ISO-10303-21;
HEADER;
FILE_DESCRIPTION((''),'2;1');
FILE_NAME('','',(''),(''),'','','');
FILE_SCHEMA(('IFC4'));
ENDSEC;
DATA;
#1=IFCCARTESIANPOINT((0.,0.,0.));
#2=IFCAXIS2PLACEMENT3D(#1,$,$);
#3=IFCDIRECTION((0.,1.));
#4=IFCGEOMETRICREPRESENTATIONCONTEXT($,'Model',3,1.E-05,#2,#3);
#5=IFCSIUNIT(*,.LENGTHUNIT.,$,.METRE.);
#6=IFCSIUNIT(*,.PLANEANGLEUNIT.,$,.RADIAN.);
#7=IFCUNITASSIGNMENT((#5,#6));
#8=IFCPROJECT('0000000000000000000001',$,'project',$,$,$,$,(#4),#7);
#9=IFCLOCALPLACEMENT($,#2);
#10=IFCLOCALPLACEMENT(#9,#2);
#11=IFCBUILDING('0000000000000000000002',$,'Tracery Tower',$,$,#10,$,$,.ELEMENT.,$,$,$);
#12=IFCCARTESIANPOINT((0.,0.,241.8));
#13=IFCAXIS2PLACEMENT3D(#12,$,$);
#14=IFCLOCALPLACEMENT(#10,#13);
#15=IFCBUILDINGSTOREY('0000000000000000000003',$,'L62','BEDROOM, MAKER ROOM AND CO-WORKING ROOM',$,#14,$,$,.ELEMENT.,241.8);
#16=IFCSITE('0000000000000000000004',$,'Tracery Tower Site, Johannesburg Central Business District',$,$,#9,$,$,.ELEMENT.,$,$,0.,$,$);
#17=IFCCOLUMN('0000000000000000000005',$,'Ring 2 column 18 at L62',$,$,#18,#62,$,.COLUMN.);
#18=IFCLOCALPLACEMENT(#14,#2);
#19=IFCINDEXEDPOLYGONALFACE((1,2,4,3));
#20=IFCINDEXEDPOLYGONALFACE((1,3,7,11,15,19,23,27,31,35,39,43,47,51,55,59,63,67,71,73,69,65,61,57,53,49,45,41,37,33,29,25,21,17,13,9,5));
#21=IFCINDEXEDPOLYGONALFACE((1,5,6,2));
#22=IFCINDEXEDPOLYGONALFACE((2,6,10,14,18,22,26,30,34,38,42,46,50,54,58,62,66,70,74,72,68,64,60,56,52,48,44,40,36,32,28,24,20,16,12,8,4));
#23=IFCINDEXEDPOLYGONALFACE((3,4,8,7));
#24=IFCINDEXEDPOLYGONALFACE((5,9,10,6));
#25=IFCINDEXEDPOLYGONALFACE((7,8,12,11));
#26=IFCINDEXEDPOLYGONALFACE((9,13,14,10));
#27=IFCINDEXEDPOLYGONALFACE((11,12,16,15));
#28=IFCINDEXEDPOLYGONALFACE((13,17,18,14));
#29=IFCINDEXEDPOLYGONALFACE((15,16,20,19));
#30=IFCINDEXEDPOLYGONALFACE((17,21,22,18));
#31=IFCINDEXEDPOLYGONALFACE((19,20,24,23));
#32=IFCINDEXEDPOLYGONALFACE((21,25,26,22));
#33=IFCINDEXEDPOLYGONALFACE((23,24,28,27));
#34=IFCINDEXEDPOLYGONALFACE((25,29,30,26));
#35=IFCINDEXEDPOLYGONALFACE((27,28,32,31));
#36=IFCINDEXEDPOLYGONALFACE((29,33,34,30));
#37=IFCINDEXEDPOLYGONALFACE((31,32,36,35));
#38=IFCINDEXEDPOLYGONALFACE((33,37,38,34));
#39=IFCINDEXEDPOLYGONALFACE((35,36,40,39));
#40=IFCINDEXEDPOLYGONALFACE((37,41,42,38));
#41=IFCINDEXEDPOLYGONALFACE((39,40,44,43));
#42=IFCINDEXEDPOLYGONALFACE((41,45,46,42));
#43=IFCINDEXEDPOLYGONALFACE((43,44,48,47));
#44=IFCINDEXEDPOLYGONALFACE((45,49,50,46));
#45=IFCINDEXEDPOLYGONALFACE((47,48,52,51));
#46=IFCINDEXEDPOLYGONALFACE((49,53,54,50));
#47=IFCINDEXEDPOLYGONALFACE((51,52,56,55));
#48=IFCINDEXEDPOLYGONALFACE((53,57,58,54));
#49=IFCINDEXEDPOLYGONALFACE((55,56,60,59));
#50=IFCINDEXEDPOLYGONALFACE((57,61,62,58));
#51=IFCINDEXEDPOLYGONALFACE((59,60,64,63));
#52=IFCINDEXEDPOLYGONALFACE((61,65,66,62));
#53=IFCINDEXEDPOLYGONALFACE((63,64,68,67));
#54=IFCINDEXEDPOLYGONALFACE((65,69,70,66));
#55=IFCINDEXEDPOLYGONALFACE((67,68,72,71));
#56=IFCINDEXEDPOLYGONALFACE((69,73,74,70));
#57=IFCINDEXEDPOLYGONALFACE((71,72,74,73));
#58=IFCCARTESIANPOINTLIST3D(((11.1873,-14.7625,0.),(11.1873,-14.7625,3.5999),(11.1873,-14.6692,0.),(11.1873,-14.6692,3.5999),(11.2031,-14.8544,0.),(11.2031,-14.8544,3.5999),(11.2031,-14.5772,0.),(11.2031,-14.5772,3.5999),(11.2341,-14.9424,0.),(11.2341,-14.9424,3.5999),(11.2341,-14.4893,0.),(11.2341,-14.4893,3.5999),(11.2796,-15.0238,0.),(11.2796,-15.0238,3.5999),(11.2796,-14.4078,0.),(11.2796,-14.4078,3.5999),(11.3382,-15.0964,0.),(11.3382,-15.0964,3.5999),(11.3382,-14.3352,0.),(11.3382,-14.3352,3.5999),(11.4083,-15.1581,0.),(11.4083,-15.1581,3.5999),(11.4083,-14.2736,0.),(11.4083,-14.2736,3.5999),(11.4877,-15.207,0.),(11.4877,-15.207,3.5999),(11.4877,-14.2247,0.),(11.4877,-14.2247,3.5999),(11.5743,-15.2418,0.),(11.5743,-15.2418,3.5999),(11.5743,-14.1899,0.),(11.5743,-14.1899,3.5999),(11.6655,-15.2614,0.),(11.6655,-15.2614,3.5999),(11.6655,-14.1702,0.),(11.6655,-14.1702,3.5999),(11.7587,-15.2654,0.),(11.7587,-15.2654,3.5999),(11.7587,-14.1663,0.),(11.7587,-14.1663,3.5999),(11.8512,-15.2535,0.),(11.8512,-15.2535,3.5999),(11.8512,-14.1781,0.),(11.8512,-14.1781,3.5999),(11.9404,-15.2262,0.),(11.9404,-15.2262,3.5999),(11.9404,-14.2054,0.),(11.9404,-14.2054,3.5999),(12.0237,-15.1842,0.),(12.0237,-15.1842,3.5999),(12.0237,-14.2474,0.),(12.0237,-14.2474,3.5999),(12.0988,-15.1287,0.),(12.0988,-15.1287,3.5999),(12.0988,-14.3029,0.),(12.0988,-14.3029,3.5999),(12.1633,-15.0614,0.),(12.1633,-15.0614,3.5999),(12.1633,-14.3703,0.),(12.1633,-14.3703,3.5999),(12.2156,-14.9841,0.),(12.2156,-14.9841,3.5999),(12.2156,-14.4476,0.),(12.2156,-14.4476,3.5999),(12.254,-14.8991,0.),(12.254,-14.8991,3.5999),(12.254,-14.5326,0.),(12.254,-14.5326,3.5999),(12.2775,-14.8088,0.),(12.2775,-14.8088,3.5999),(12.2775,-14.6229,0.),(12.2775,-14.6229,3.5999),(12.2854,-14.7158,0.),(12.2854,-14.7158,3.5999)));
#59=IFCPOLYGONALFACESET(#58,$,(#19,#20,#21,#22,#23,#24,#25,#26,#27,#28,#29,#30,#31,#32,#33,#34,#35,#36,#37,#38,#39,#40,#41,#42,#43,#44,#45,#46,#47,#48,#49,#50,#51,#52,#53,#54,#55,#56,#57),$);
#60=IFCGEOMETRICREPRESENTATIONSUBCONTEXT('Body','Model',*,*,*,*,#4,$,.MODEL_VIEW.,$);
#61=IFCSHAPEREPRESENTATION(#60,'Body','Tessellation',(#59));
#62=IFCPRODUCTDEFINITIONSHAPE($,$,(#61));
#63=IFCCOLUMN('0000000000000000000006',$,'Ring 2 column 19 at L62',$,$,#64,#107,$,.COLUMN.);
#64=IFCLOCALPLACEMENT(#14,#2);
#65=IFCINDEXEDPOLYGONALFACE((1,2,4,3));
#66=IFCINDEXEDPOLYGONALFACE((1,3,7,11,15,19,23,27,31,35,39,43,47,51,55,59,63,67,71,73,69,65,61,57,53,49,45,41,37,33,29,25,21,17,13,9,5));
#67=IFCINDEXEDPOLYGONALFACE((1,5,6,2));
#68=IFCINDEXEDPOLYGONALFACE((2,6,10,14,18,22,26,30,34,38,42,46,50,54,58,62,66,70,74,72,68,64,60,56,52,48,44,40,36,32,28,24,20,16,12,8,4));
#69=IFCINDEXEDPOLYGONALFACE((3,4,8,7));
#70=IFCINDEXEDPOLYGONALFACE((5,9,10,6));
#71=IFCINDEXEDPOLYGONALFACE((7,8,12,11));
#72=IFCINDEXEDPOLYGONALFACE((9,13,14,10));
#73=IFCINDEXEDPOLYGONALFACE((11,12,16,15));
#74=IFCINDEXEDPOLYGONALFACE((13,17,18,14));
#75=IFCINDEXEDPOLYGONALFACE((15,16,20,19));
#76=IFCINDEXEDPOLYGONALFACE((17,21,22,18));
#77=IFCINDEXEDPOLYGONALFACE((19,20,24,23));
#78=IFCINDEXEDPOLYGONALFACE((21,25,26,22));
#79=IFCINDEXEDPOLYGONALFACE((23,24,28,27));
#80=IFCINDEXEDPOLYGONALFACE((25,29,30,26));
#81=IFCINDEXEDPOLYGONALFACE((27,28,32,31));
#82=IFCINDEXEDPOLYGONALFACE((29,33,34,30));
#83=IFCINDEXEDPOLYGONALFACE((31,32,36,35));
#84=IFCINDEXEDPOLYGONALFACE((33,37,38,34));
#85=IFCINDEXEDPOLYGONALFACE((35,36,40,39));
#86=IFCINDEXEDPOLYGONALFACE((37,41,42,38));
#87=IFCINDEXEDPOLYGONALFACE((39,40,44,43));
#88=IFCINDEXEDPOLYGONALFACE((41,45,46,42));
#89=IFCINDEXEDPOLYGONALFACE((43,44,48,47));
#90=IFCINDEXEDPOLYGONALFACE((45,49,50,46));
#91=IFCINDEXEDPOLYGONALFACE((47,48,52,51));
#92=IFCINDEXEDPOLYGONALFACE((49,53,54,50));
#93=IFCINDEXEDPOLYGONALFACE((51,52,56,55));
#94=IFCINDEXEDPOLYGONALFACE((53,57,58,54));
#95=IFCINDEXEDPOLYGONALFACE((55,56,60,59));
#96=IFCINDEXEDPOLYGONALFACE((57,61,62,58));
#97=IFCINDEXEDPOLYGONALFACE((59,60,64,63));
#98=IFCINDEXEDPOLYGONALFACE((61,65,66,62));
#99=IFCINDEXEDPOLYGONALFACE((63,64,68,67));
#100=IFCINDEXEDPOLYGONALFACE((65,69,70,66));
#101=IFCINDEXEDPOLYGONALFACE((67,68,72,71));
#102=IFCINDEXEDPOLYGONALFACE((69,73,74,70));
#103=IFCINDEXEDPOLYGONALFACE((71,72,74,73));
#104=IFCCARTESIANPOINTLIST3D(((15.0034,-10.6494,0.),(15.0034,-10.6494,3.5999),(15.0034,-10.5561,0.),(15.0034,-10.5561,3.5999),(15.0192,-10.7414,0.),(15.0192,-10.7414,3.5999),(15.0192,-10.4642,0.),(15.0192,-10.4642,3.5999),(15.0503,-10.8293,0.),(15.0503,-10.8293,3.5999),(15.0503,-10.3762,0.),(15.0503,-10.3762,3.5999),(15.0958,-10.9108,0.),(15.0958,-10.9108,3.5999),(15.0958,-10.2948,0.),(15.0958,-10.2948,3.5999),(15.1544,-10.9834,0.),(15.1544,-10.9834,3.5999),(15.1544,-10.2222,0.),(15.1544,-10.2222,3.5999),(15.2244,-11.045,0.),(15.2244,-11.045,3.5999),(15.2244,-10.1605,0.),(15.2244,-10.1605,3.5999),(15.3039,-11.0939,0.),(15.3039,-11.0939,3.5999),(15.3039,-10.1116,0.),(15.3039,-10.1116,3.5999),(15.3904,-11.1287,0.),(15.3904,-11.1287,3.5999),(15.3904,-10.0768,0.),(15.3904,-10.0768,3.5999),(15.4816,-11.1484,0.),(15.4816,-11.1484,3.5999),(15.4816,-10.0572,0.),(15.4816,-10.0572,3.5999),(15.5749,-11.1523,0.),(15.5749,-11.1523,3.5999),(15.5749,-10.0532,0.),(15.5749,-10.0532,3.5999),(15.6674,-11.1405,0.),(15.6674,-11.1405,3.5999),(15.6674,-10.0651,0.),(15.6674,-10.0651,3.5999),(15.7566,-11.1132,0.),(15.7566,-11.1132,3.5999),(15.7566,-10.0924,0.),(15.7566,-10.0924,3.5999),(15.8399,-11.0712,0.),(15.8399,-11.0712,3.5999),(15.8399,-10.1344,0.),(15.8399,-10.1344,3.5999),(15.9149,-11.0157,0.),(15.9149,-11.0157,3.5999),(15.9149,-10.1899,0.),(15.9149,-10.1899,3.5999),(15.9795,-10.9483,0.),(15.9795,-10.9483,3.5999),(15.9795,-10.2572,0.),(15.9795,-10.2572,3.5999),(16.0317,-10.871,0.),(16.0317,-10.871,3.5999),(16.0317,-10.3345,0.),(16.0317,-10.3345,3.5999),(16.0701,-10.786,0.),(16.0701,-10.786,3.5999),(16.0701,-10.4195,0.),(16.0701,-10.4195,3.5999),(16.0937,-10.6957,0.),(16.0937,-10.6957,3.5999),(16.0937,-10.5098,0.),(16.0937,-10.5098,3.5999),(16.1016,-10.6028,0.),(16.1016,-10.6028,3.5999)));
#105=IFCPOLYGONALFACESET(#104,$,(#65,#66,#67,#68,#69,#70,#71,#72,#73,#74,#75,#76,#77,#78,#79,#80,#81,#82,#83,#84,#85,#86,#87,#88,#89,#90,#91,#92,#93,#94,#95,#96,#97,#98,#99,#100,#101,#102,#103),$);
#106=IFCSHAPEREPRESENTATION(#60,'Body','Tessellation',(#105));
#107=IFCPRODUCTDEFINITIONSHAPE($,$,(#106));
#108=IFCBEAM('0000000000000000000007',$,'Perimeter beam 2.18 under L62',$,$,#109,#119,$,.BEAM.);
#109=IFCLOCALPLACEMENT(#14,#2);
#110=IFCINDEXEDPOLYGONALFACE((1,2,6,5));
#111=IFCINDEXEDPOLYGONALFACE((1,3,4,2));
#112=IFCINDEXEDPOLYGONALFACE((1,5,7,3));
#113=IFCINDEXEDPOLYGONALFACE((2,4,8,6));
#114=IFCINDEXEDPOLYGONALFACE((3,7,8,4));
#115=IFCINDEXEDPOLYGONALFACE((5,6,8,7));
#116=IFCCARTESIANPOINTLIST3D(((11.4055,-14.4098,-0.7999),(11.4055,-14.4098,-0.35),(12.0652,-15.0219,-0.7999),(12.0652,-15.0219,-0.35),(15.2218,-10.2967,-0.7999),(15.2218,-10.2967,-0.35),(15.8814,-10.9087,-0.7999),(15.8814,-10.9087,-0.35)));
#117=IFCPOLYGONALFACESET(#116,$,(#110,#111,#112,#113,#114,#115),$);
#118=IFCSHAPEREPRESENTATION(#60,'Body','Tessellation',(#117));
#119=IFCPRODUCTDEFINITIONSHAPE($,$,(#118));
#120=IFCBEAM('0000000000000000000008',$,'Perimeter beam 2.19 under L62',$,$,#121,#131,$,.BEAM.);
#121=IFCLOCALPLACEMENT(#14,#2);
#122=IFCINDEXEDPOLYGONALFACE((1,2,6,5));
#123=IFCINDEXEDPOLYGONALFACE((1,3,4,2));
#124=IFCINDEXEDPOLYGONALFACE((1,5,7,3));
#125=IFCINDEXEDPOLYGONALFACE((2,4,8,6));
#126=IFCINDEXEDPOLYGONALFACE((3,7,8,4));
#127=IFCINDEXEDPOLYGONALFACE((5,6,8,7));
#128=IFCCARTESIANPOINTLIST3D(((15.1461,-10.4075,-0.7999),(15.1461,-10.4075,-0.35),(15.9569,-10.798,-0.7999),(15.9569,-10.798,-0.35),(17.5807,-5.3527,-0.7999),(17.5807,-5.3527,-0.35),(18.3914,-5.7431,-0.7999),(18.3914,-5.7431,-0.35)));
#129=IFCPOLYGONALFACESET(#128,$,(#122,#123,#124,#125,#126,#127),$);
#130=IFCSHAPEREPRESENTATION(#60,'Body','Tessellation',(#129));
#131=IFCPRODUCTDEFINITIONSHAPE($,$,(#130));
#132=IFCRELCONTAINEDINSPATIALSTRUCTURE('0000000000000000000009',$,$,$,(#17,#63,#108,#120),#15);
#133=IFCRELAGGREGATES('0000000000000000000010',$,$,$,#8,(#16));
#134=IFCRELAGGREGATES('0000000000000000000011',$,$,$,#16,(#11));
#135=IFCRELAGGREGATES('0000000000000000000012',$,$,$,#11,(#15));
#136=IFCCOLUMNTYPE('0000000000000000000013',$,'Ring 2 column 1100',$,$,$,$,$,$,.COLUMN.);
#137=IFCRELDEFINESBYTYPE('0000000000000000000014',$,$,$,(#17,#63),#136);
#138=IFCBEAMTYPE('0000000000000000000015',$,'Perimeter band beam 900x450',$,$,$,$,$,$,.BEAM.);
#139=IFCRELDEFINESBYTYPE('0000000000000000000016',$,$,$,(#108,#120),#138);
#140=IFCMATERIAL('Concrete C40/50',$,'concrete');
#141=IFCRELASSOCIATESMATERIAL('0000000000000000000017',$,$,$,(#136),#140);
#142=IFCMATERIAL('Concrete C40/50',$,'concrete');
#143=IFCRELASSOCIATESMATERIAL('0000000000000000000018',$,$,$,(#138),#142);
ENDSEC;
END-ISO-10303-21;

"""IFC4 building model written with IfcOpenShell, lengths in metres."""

from ifc_helpers import new_model, si_unit, direction, frame, origin, origin_2d, place, context, subcontext, project, spatial, rectangle, circle, extrude, material, material_profile, profile_set, type_object, element, save


model = new_model("IFC4")

# Units and contexts
model_context = context("Model", 3, precision=1e-05, world=origin(), true_north=direction((0.0, 1.0)))
body_context = subcontext(model_context, "Body", "Model", "MODEL_VIEW")
ifc_project = project(units=[si_unit("LENGTHUNIT", "METRE"), si_unit("PLANEANGLEUNIT", "RADIAN")], contexts=[model_context])

# Site, building, storey
site_placement = place(None, origin())
site = spatial("IfcSite", under=ifc_project, at=site_placement, Name="Tracery Tower Site, Johannesburg Central Business District", CompositionType="ELEMENT", RefElevation=0.0)
building_placement = place(site_placement, origin())
building = spatial("IfcBuilding", under=site, at=building_placement, Name="Tracery Tower", CompositionType="ELEMENT")
storey_placement = place(building_placement, frame((0.0, 0.0, 241.8)))
storey = spatial("IfcBuildingStorey", under=building, at=storey_placement, Name="L62", Description="BEDROOM, MAKER ROOM AND CO-WORKING ROOM", CompositionType="ELEMENT", Elevation=241.8)

# Columns
ifc_material_1 = material(Name="Concrete C40/50", Category="concrete")
ifc_material_profile_1 = material_profile(ifc_material_1, circle(Radius=0.55, at=origin_2d()), Name="RC D1100")
ifc_profile_set_1 = profile_set([ifc_material_profile_1], Name="Concrete C40/50")
column_type = type_object("IfcColumnType", Name="Ring 2 column 1100", PredefinedType="COLUMN", material=ifc_profile_set_1)
for number, where, z_axis, x_axis, name in (
    (1, (11.7354, -14.7158, 0.0), (0.0, 0.0, 1.0), (1.0, 0.0, 0.0), "Ring 2 column 18 at L62"),
    (2, (15.5515, -10.6028, 0.0), (0.0, 0.0, 1.0), (1.0, 0.0, 0.0), "Ring 2 column 19 at L62"),
):
    element("IfcColumn", number, at=place(storey_placement, frame(where, z_axis=z_axis, x_axis=x_axis)), inside=storey, type_object=column_type, Name=name, PredefinedType="COLUMN", context=body_context, shape_type="SweptSolid", body=[
        extrude(circle(Radius=0.55, at=origin_2d()), origin(), (0.0, 0.0, 1.0), 3.5999),
    ])

# Beams
ifc_material_2 = material(Name="Concrete C40/50", Category="concrete")
ifc_material_profile_2 = material_profile(ifc_material_2, rectangle(XDim=0.8999, YDim=0.45, at=origin_2d()), Name="RC 900x450")
ifc_profile_set_2 = profile_set([ifc_material_profile_2], Name="Concrete C40/50")
beam_type = type_object("IfcBeamType", Name="Perimeter band beam 900x450", PredefinedType="BEAM", material=ifc_profile_set_2)
beam_1_placement = place(storey_placement, frame((11.7354, -14.7158, -0.575), z_axis=(0.680156, 0.733068, 0.0), x_axis=(-0.733068, 0.680156, 0.0)))
element("IfcBeam", 3, at=beam_1_placement, inside=storey, type_object=beam_type, Name="Perimeter beam 2.18 under L62", PredefinedType="BEAM", context=body_context, shape_type="SweptSolid", body=[
    extrude(rectangle(XDim=0.8999, YDim=0.45, at=origin_2d()), origin(), (0.0, 0.0, 1.0), 5.6108),
])
beam_2_placement = place(storey_placement, frame((15.5515, -10.6028, -0.575), z_axis=(0.433919, 0.900952, 0.0), x_axis=(-0.900952, 0.433919, 0.0)))
element("IfcBeam", 4, at=beam_2_placement, inside=storey, type_object=beam_type, Name="Perimeter beam 2.19 under L62", PredefinedType="BEAM", context=body_context, shape_type="SweptSolid", body=[
    extrude(rectangle(XDim=0.8999, YDim=0.45, at=origin_2d()), origin(), (0.0, 0.0, 1.0), 5.6106),
])

save(model, "model.ifc")
